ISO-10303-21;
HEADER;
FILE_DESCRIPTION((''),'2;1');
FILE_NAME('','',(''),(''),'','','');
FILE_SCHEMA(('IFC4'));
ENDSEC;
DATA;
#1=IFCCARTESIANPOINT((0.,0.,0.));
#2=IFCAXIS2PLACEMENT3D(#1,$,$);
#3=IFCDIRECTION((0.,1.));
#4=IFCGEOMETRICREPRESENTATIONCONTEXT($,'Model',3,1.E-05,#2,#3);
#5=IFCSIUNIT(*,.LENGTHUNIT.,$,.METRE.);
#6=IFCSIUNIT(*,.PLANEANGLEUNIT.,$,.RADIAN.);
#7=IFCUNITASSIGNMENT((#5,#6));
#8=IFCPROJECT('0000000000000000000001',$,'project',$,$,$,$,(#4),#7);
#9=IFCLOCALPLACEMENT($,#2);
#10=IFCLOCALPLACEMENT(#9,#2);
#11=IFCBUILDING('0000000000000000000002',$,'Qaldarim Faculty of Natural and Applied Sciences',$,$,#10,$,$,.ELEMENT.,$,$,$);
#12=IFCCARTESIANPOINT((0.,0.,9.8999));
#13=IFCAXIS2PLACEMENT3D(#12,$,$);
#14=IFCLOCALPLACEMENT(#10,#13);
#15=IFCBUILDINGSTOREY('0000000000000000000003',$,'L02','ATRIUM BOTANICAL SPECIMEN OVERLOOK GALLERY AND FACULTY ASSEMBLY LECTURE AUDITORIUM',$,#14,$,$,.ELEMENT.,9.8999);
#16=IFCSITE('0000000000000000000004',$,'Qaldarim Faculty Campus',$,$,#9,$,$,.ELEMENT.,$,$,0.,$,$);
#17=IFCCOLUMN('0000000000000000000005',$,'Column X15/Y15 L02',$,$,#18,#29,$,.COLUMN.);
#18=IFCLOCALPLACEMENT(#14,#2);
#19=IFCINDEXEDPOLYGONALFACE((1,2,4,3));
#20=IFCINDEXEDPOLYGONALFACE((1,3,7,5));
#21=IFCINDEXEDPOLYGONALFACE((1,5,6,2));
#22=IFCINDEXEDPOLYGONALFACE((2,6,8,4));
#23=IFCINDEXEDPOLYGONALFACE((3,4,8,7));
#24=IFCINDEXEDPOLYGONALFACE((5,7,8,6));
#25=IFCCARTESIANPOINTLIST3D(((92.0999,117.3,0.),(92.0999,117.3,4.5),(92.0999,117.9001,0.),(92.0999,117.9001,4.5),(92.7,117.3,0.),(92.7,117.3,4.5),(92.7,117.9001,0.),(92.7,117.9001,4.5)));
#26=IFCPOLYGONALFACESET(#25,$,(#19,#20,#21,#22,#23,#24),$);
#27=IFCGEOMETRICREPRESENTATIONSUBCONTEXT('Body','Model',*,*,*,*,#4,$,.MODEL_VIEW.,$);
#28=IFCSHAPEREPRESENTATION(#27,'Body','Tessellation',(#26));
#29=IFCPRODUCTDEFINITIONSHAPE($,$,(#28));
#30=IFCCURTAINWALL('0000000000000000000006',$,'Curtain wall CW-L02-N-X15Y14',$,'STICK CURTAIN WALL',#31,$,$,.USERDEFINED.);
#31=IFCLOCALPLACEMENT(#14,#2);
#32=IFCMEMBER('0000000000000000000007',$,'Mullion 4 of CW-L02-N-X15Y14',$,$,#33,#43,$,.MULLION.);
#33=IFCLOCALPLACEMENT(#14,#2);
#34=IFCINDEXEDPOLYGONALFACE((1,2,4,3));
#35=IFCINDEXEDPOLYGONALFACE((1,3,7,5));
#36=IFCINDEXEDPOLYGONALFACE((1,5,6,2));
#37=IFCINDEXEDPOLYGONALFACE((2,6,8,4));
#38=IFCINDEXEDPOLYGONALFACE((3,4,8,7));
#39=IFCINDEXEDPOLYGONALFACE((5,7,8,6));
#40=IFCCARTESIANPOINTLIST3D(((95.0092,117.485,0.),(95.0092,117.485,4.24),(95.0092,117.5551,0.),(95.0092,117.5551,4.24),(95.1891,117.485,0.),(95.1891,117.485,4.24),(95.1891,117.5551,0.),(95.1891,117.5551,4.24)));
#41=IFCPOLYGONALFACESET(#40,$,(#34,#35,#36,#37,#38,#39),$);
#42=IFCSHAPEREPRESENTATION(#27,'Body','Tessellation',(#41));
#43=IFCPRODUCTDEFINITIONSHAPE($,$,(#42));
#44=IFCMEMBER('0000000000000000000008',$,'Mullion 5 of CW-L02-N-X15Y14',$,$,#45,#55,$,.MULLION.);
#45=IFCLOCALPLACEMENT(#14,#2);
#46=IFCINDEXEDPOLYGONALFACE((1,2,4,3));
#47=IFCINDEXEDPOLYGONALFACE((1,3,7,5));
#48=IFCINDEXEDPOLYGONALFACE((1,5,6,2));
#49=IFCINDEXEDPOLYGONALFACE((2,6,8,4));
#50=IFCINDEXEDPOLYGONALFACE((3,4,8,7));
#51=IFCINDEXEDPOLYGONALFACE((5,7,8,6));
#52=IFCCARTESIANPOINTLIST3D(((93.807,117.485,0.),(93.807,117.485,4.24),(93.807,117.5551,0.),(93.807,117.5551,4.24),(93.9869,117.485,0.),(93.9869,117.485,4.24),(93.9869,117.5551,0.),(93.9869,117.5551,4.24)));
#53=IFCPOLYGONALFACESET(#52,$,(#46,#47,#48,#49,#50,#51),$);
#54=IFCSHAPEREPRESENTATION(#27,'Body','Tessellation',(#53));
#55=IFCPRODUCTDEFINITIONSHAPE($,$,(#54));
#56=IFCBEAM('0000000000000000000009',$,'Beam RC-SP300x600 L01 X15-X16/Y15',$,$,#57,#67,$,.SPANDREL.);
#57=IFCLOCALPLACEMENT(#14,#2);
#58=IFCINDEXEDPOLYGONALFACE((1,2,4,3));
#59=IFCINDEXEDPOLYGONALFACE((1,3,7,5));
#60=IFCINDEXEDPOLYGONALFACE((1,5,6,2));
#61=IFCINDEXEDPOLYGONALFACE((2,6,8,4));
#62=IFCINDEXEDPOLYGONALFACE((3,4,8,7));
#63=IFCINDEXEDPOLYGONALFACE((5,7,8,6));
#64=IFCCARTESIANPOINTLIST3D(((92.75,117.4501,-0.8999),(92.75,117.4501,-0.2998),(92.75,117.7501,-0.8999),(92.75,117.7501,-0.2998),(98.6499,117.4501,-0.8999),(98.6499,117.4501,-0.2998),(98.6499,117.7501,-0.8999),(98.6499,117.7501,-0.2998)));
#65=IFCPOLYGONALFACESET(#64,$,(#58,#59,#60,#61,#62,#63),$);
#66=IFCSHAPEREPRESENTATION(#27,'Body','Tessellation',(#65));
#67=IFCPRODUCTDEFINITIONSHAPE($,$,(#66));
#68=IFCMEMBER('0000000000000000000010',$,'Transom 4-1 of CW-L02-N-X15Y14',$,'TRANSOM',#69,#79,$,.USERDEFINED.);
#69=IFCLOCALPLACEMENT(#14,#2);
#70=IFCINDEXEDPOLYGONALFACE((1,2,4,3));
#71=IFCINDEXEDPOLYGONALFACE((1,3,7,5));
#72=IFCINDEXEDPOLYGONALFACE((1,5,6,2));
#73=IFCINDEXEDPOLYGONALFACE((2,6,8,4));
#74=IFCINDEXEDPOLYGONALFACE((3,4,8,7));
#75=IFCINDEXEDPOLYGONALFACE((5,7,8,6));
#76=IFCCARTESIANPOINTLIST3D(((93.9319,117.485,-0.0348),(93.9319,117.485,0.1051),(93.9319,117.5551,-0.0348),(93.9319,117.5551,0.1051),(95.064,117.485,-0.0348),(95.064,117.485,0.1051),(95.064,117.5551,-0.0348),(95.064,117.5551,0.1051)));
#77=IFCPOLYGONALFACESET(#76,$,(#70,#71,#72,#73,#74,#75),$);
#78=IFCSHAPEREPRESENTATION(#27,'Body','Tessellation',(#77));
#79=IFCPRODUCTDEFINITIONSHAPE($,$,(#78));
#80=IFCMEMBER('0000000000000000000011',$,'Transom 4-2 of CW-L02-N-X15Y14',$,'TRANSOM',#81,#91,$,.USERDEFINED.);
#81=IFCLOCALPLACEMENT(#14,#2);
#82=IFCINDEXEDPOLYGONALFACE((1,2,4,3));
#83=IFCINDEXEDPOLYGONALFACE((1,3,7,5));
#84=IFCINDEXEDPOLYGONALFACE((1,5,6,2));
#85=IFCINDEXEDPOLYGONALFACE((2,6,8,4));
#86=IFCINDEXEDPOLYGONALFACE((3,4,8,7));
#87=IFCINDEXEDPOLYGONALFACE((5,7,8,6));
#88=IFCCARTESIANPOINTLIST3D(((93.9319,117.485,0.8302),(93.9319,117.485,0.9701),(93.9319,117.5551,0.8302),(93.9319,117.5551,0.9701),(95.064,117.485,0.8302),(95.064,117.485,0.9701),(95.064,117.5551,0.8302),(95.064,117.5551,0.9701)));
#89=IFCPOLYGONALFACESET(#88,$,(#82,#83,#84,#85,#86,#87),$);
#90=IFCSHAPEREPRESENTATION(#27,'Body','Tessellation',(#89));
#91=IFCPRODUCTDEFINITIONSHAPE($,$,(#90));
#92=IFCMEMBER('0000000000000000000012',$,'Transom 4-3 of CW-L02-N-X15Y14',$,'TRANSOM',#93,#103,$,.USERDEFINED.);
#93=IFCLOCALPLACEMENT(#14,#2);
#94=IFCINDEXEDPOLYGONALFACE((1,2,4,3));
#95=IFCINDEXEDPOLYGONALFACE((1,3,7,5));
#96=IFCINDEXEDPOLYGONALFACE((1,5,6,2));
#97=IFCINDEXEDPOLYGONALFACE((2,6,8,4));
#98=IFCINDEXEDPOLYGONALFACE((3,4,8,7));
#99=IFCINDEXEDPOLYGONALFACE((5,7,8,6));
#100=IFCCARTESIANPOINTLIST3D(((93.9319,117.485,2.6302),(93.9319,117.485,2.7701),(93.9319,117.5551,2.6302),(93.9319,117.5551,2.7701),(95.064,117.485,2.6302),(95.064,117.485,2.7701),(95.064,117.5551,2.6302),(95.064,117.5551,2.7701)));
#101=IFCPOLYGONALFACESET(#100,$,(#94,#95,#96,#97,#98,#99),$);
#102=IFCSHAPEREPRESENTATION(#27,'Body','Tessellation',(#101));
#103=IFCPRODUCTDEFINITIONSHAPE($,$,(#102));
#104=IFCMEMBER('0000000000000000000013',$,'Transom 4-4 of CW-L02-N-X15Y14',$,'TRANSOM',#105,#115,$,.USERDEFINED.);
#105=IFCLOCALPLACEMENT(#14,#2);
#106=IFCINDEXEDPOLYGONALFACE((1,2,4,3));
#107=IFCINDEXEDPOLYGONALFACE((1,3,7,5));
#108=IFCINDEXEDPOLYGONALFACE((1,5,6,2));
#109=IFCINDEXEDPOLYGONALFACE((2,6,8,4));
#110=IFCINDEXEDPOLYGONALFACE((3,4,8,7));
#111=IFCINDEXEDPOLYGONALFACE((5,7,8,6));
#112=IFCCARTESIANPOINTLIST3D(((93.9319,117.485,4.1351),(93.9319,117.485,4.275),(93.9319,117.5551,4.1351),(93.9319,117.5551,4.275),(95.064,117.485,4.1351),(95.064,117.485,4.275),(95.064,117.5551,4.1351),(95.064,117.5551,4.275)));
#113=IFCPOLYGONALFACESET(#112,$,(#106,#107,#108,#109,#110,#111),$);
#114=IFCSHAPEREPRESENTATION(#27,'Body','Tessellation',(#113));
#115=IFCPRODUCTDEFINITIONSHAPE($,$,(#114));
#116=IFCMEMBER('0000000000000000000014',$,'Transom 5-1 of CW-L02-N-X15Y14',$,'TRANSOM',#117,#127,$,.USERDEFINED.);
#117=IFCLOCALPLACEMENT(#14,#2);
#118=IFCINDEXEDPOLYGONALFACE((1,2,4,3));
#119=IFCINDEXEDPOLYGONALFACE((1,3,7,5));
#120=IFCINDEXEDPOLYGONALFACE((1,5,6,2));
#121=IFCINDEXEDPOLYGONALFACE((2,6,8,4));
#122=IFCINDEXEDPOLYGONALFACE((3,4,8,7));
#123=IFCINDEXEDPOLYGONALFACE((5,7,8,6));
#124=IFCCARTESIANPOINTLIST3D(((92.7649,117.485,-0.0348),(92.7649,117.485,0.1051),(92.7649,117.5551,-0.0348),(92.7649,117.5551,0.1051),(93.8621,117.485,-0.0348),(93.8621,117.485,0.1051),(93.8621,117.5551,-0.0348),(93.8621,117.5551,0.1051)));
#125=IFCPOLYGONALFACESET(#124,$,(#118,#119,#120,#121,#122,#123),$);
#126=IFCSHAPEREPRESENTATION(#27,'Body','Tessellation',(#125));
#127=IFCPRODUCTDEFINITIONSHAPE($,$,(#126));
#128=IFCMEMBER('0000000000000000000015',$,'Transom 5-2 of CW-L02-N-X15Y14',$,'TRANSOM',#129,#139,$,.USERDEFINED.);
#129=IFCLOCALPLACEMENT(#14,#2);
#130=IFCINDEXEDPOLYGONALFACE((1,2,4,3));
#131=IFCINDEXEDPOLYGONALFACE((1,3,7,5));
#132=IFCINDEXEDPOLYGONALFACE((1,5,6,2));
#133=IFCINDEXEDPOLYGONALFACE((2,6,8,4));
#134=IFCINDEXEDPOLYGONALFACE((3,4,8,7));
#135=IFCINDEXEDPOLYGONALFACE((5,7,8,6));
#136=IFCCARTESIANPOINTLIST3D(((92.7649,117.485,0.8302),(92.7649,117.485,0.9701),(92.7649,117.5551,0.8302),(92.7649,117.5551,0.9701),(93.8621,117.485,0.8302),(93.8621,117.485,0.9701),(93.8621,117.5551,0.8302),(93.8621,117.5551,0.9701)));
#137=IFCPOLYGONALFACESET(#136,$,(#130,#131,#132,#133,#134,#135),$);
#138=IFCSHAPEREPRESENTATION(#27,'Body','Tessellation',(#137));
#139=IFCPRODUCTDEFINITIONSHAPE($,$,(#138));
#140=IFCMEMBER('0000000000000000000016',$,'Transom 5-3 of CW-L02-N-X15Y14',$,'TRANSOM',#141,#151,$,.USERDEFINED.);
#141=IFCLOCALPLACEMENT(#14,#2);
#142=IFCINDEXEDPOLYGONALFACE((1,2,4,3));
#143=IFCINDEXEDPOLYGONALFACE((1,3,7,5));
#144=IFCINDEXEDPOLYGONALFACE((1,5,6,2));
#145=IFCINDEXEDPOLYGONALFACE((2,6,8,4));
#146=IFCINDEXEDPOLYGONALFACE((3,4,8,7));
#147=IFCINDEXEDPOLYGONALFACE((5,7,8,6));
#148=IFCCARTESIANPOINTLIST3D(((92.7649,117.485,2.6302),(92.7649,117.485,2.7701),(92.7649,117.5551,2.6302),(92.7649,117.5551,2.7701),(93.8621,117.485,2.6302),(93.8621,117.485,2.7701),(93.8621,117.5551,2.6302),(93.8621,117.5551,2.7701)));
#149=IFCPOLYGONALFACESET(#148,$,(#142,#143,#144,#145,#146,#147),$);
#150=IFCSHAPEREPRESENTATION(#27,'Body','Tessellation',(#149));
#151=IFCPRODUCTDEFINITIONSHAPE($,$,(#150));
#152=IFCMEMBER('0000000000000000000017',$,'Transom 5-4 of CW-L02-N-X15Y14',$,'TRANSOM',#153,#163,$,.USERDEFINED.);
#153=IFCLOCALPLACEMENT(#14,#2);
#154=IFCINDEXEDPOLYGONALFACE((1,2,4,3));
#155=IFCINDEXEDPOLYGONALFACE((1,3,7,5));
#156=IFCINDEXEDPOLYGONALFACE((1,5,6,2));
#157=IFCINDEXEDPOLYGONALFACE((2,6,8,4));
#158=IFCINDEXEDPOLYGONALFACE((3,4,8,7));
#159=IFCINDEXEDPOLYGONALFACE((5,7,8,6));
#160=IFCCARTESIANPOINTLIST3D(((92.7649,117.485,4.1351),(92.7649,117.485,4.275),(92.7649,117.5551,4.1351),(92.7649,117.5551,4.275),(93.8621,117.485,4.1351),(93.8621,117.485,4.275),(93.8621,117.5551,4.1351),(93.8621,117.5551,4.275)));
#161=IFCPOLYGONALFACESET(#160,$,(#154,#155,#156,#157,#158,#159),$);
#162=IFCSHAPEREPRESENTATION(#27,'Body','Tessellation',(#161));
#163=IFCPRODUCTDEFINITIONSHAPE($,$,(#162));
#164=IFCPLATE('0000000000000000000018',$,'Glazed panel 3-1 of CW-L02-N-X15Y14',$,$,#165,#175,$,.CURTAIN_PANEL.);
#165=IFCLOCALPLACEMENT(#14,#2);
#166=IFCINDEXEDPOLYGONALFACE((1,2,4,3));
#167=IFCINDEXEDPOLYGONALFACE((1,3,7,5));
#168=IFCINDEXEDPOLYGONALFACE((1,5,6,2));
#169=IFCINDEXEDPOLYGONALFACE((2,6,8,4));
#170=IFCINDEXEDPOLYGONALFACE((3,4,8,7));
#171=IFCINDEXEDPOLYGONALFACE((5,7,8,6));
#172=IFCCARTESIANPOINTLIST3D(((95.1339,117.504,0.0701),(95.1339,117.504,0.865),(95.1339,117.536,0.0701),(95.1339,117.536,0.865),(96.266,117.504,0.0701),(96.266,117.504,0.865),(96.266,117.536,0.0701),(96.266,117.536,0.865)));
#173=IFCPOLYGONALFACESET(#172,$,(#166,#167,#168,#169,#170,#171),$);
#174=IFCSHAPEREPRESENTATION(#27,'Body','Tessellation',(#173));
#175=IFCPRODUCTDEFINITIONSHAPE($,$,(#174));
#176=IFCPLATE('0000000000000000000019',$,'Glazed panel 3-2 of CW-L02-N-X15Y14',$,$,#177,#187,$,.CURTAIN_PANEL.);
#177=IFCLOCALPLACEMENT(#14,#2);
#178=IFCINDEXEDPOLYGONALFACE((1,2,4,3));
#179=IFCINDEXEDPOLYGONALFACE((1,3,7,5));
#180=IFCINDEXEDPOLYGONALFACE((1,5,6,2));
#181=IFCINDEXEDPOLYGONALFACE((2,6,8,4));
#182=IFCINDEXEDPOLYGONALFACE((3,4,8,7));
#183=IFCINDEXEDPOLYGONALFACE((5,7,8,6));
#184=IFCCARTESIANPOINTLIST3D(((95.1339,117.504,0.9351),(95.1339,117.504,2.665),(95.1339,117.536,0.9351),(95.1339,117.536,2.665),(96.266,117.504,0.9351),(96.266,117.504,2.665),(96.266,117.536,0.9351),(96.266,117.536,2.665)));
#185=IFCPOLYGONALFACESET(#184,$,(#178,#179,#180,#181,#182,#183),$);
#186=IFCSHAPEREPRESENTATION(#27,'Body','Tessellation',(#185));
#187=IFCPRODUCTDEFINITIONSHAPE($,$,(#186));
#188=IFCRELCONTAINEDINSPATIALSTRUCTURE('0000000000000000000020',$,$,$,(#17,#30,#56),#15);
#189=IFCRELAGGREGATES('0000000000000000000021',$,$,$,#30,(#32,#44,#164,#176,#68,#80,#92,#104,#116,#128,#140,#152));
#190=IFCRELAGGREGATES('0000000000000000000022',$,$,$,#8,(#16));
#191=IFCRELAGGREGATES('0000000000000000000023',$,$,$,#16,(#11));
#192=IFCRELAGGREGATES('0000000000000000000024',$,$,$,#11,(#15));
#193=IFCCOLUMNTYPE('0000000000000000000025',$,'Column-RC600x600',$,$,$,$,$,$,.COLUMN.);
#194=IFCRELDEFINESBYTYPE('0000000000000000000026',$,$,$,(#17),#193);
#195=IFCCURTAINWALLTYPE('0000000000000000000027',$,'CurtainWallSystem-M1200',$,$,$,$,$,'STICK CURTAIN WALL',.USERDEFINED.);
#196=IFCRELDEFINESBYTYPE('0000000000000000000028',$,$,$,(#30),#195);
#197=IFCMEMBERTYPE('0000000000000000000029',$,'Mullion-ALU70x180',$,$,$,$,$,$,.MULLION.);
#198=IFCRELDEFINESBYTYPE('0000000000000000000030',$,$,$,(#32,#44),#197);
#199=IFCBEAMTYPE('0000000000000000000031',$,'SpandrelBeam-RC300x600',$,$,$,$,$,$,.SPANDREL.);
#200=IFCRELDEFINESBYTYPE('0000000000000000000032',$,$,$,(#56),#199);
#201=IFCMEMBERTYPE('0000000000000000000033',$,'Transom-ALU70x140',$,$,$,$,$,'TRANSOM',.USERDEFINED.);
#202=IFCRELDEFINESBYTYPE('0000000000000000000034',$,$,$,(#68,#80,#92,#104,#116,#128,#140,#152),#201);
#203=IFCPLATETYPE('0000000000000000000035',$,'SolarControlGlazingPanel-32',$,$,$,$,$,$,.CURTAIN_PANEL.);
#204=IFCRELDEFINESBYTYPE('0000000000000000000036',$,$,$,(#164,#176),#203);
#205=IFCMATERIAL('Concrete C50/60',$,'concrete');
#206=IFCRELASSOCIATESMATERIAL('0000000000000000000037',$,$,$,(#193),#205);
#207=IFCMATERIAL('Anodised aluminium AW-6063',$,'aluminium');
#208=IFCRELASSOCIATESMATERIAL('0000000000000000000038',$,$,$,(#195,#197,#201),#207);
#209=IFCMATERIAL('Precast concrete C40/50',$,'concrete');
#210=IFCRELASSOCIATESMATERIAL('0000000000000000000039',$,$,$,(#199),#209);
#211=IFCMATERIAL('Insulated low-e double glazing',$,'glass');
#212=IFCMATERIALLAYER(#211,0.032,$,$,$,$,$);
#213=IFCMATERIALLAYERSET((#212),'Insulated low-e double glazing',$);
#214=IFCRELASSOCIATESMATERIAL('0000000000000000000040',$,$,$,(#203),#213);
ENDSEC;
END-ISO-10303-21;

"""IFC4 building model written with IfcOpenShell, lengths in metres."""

from ifc_helpers import new_model, si_unit, direction, frame, origin, origin_2d, place, context, subcontext, project, spatial, rectangle, extrude, material, layer, layer_set, material_profile, profile_set, type_object, element, aggregate, save


model = new_model("IFC4")

# Units and contexts
model_context = context("Model", 3, precision=1e-05, world=origin(), true_north=direction((0.0, 1.0)))
body_context = subcontext(model_context, "Body", "Model", "MODEL_VIEW")
ifc_project = project(units=[si_unit("LENGTHUNIT", "METRE"), si_unit("PLANEANGLEUNIT", "RADIAN")], contexts=[model_context])

# Site, building, storey
site_placement = place(None, origin())
site = spatial("IfcSite", under=ifc_project, at=site_placement, Name="Qaldarim Faculty Campus", CompositionType="ELEMENT", RefElevation=0.0)
building_placement = place(site_placement, origin())
building = spatial("IfcBuilding", under=site, at=building_placement, Name="Qaldarim Faculty of Natural and Applied Sciences", CompositionType="ELEMENT")
storey_placement = place(building_placement, frame((0.0, 0.0, 9.8999)))
storey = spatial("IfcBuildingStorey", under=building, at=storey_placement, Name="L02", Description="ATRIUM BOTANICAL SPECIMEN OVERLOOK GALLERY AND FACULTY ASSEMBLY LECTURE AUDITORIUM", CompositionType="ELEMENT", Elevation=9.8999)

# Column
ifc_material_1 = material(Name="Concrete C50/60", Category="concrete")
ifc_material_profile_1 = material_profile(ifc_material_1, rectangle(XDim=0.6001, YDim=0.6001, at=origin_2d()), Name="RC-C600x600")
ifc_profile_set_1 = profile_set([ifc_material_profile_1], Name="Concrete C50/60")
column_type = type_object("IfcColumnType", Name="Column-RC600x600", PredefinedType="COLUMN", material=ifc_profile_set_1)
column_placement = place(storey_placement, frame((92.3999, 117.6001, 0.0), z_axis=(0.0, 0.0, 1.0), x_axis=(1.0, 0.0, 0.0)))
element("IfcColumn", 1, at=column_placement, inside=storey, type_object=column_type, Name="Column X15/Y15 L02", PredefinedType="COLUMN", context=body_context, shape_type="SweptSolid", body=[
    extrude(rectangle(XDim=0.6001, YDim=0.6001, at=origin_2d()), origin(), (0.0, 0.0, 1.0), 4.5),
])

# Curtain wall, members
ifc_material_2 = material(Name="Anodised aluminium AW-6063", Category="aluminium")
curtain_wall_type = type_object("IfcCurtainWallType", Name="CurtainWallSystem-M1200", ElementType="STICK CURTAIN WALL", PredefinedType="USERDEFINED", material=ifc_material_2)
curtain_wall_placement = place(storey_placement, origin())
curtain_wall = element("IfcCurtainWall", 2, at=curtain_wall_placement, inside=storey, type_object=curtain_wall_type, Name="Curtain wall CW-L02-N-X15Y14", ObjectType="STICK CURTAIN WALL", PredefinedType="USERDEFINED")
ifc_material_profile_2 = material_profile(ifc_material_2, rectangle(XDim=0.0701, YDim=0.1799, at=origin_2d()), Name="ALU-M70x180")
ifc_profile_set_2 = profile_set([ifc_material_profile_2], Name="Anodised aluminium AW-6063")
member_type_1 = type_object("IfcMemberType", Name="Mullion-ALU70x180", PredefinedType="MULLION", material=ifc_profile_set_2)
member_1_placement = place(storey_placement, frame((95.0991, 117.52, 0.0), z_axis=(0.0, 0.0, 1.0), x_axis=(0.0, -1.0, 0.0)))
member_1 = element("IfcMember", 3, at=member_1_placement, type_object=member_type_1, Name="Mullion 4 of CW-L02-N-X15Y14", PredefinedType="MULLION", context=body_context, shape_type="SweptSolid", body=[
    extrude(rectangle(XDim=0.0701, YDim=0.1799, at=origin_2d()), origin(), (0.0, 0.0, 1.0), 4.24),
])
member_2_placement = place(storey_placement, frame((93.897, 117.52, 0.0), z_axis=(0.0, 0.0, 1.0), x_axis=(0.0, -1.0, 0.0)))
member_2 = element("IfcMember", 4, at=member_2_placement, type_object=member_type_1, Name="Mullion 5 of CW-L02-N-X15Y14", PredefinedType="MULLION", context=body_context, shape_type="SweptSolid", body=[
    extrude(rectangle(XDim=0.0701, YDim=0.1799, at=origin_2d()), origin(), (0.0, 0.0, 1.0), 4.24),
])

# Beam
ifc_material_3 = material(Name="Precast concrete C40/50", Category="concrete")
ifc_material_profile_3 = material_profile(ifc_material_3, rectangle(XDim=0.3, YDim=0.6001, at=origin_2d()), Name="RC-SP300x600")
ifc_profile_set_3 = profile_set([ifc_material_profile_3], Name="Precast concrete C40/50")
beam_type = type_object("IfcBeamType", Name="SpandrelBeam-RC300x600", PredefinedType="SPANDREL", material=ifc_profile_set_3)
beam_placement = place(storey_placement, frame((92.75, 117.6001, -0.5999), z_axis=(1.0, 0.0, 0.0), x_axis=(0.0, 1.0, 0.0)))
element("IfcBeam", 5, at=beam_placement, inside=storey, type_object=beam_type, Name="Beam RC-SP300x600 L01 X15-X16/Y15", PredefinedType="SPANDREL", context=body_context, shape_type="SweptSolid", body=[
    extrude(rectangle(XDim=0.3, YDim=0.6001, at=origin_2d()), origin(), (0.0, 0.0, 1.0), 5.8999),
])

# Members
ifc_material_profile_4 = material_profile(ifc_material_2, rectangle(XDim=0.0701, YDim=0.1399, at=origin_2d()), Name="ALU-T70x140")
ifc_profile_set_4 = profile_set([ifc_material_profile_4], Name="Anodised aluminium AW-6063")
member_type_2 = type_object("IfcMemberType", Name="Transom-ALU70x140", ElementType="TRANSOM", PredefinedType="USERDEFINED", material=ifc_profile_set_4)
member_3_placement = place(storey_placement, frame((95.064, 117.52, 0.0352), z_axis=(-1.0, 0.0, 0.0), x_axis=(0.0, -1.0, 0.0)))
member_3 = element("IfcMember", 6, at=member_3_placement, type_object=member_type_2, Name="Transom 4-1 of CW-L02-N-X15Y14", ObjectType="TRANSOM", PredefinedType="USERDEFINED", context=body_context, shape_type="SweptSolid", body=[
    extrude(rectangle(XDim=0.0701, YDim=0.1399, at=origin_2d()), origin(), (0.0, 0.0, 1.0), 1.1321),
])
member_4_placement = place(storey_placement, frame((95.064, 117.52, 0.9001), z_axis=(-1.0, 0.0, 0.0), x_axis=(0.0, -1.0, 0.0)))
member_4 = element("IfcMember", 7, at=member_4_placement, type_object=member_type_2, Name="Transom 4-2 of CW-L02-N-X15Y14", ObjectType="TRANSOM", PredefinedType="USERDEFINED", context=body_context, shape_type="SweptSolid", body=[
    extrude(rectangle(XDim=0.0701, YDim=0.1399, at=origin_2d()), origin(), (0.0, 0.0, 1.0), 1.1321),
])
member_5_placement = place(storey_placement, frame((95.064, 117.52, 2.7002), z_axis=(-1.0, 0.0, 0.0), x_axis=(0.0, -1.0, 0.0)))
member_5 = element("IfcMember", 8, at=member_5_placement, type_object=member_type_2, Name="Transom 4-3 of CW-L02-N-X15Y14", ObjectType="TRANSOM", PredefinedType="USERDEFINED", context=body_context, shape_type="SweptSolid", body=[
    extrude(rectangle(XDim=0.0701, YDim=0.1399, at=origin_2d()), origin(), (0.0, 0.0, 1.0), 1.1321),
])
member_6_placement = place(storey_placement, frame((95.064, 117.52, 4.2051), z_axis=(-1.0, 0.0, 0.0), x_axis=(0.0, -1.0, 0.0)))
member_6 = element("IfcMember", 9, at=member_6_placement, type_object=member_type_2, Name="Transom 4-4 of CW-L02-N-X15Y14", ObjectType="TRANSOM", PredefinedType="USERDEFINED", context=body_context, shape_type="SweptSolid", body=[
    extrude(rectangle(XDim=0.0701, YDim=0.1399, at=origin_2d()), origin(), (0.0, 0.0, 1.0), 1.1321),
])
member_7_placement = place(storey_placement, frame((93.8621, 117.52, 0.0352), z_axis=(-1.0, 0.0, 0.0), x_axis=(0.0, -1.0, 0.0)))
member_7 = element("IfcMember", 10, at=member_7_placement, type_object=member_type_2, Name="Transom 5-1 of CW-L02-N-X15Y14", ObjectType="TRANSOM", PredefinedType="USERDEFINED", context=body_context, shape_type="SweptSolid", body=[
    extrude(rectangle(XDim=0.0701, YDim=0.1399, at=origin_2d()), origin(), (0.0, 0.0, 1.0), 1.0972),
])
member_8_placement = place(storey_placement, frame((93.8621, 117.52, 0.9001), z_axis=(-1.0, 0.0, 0.0), x_axis=(0.0, -1.0, 0.0)))
member_8 = element("IfcMember", 11, at=member_8_placement, type_object=member_type_2, Name="Transom 5-2 of CW-L02-N-X15Y14", ObjectType="TRANSOM", PredefinedType="USERDEFINED", context=body_context, shape_type="SweptSolid", body=[
    extrude(rectangle(XDim=0.0701, YDim=0.1399, at=origin_2d()), origin(), (0.0, 0.0, 1.0), 1.0972),
])
member_9_placement = place(storey_placement, frame((93.8621, 117.52, 2.7002), z_axis=(-1.0, 0.0, 0.0), x_axis=(0.0, -1.0, 0.0)))
member_9 = element("IfcMember", 12, at=member_9_placement, type_object=member_type_2, Name="Transom 5-3 of CW-L02-N-X15Y14", ObjectType="TRANSOM", PredefinedType="USERDEFINED", context=body_context, shape_type="SweptSolid", body=[
    extrude(rectangle(XDim=0.0701, YDim=0.1399, at=origin_2d()), origin(), (0.0, 0.0, 1.0), 1.0972),
])
member_10_placement = place(storey_placement, frame((93.8621, 117.52, 4.2051), z_axis=(-1.0, 0.0, 0.0), x_axis=(0.0, -1.0, 0.0)))
member_10 = element("IfcMember", 13, at=member_10_placement, type_object=member_type_2, Name="Transom 5-4 of CW-L02-N-X15Y14", ObjectType="TRANSOM", PredefinedType="USERDEFINED", context=body_context, shape_type="SweptSolid", body=[
    extrude(rectangle(XDim=0.0701, YDim=0.1399, at=origin_2d()), origin(), (0.0, 0.0, 1.0), 1.0972),
])

# Plates
ifc_material_4 = material(Name="Insulated low-e double glazing", Category="glass")
ifc_layer_1 = layer(ifc_material_4, 0.032)
ifc_layer_set_1 = layer_set([ifc_layer_1], Name="Insulated low-e double glazing")
plate_type = type_object("IfcPlateType", Name="SolarControlGlazingPanel-32", PredefinedType="CURTAIN_PANEL", material=ifc_layer_set_1)
plate_1_placement = place(storey_placement, frame((95.7, 117.52, 0.0701), z_axis=(0.0, 0.0, 1.0), x_axis=(-1.0, 0.0, 0.0)))
plate_1 = element("IfcPlate", 14, at=plate_1_placement, type_object=plate_type, Name="Glazed panel 3-1 of CW-L02-N-X15Y14", PredefinedType="CURTAIN_PANEL", context=body_context, shape_type="SweptSolid", body=[
    extrude(rectangle(XDim=1.1321, YDim=0.032, at=origin_2d()), origin(), (0.0, 0.0, 1.0), 0.7949),
])
plate_2_placement = place(storey_placement, frame((95.7, 117.52, 0.9351), z_axis=(0.0, 0.0, 1.0), x_axis=(-1.0, 0.0, 0.0)))
plate_2 = element("IfcPlate", 15, at=plate_2_placement, type_object=plate_type, Name="Glazed panel 3-2 of CW-L02-N-X15Y14", PredefinedType="CURTAIN_PANEL", context=body_context, shape_type="SweptSolid", body=[
    extrude(rectangle(XDim=1.1321, YDim=0.032, at=origin_2d()), origin(), (0.0, 0.0, 1.0), 1.73),
])
aggregate(curtain_wall, [member_1, member_2, plate_1, plate_2, member_3, member_4, member_5, member_6, member_7, member_8, member_9, member_10])

save(model, "model.ifc")
